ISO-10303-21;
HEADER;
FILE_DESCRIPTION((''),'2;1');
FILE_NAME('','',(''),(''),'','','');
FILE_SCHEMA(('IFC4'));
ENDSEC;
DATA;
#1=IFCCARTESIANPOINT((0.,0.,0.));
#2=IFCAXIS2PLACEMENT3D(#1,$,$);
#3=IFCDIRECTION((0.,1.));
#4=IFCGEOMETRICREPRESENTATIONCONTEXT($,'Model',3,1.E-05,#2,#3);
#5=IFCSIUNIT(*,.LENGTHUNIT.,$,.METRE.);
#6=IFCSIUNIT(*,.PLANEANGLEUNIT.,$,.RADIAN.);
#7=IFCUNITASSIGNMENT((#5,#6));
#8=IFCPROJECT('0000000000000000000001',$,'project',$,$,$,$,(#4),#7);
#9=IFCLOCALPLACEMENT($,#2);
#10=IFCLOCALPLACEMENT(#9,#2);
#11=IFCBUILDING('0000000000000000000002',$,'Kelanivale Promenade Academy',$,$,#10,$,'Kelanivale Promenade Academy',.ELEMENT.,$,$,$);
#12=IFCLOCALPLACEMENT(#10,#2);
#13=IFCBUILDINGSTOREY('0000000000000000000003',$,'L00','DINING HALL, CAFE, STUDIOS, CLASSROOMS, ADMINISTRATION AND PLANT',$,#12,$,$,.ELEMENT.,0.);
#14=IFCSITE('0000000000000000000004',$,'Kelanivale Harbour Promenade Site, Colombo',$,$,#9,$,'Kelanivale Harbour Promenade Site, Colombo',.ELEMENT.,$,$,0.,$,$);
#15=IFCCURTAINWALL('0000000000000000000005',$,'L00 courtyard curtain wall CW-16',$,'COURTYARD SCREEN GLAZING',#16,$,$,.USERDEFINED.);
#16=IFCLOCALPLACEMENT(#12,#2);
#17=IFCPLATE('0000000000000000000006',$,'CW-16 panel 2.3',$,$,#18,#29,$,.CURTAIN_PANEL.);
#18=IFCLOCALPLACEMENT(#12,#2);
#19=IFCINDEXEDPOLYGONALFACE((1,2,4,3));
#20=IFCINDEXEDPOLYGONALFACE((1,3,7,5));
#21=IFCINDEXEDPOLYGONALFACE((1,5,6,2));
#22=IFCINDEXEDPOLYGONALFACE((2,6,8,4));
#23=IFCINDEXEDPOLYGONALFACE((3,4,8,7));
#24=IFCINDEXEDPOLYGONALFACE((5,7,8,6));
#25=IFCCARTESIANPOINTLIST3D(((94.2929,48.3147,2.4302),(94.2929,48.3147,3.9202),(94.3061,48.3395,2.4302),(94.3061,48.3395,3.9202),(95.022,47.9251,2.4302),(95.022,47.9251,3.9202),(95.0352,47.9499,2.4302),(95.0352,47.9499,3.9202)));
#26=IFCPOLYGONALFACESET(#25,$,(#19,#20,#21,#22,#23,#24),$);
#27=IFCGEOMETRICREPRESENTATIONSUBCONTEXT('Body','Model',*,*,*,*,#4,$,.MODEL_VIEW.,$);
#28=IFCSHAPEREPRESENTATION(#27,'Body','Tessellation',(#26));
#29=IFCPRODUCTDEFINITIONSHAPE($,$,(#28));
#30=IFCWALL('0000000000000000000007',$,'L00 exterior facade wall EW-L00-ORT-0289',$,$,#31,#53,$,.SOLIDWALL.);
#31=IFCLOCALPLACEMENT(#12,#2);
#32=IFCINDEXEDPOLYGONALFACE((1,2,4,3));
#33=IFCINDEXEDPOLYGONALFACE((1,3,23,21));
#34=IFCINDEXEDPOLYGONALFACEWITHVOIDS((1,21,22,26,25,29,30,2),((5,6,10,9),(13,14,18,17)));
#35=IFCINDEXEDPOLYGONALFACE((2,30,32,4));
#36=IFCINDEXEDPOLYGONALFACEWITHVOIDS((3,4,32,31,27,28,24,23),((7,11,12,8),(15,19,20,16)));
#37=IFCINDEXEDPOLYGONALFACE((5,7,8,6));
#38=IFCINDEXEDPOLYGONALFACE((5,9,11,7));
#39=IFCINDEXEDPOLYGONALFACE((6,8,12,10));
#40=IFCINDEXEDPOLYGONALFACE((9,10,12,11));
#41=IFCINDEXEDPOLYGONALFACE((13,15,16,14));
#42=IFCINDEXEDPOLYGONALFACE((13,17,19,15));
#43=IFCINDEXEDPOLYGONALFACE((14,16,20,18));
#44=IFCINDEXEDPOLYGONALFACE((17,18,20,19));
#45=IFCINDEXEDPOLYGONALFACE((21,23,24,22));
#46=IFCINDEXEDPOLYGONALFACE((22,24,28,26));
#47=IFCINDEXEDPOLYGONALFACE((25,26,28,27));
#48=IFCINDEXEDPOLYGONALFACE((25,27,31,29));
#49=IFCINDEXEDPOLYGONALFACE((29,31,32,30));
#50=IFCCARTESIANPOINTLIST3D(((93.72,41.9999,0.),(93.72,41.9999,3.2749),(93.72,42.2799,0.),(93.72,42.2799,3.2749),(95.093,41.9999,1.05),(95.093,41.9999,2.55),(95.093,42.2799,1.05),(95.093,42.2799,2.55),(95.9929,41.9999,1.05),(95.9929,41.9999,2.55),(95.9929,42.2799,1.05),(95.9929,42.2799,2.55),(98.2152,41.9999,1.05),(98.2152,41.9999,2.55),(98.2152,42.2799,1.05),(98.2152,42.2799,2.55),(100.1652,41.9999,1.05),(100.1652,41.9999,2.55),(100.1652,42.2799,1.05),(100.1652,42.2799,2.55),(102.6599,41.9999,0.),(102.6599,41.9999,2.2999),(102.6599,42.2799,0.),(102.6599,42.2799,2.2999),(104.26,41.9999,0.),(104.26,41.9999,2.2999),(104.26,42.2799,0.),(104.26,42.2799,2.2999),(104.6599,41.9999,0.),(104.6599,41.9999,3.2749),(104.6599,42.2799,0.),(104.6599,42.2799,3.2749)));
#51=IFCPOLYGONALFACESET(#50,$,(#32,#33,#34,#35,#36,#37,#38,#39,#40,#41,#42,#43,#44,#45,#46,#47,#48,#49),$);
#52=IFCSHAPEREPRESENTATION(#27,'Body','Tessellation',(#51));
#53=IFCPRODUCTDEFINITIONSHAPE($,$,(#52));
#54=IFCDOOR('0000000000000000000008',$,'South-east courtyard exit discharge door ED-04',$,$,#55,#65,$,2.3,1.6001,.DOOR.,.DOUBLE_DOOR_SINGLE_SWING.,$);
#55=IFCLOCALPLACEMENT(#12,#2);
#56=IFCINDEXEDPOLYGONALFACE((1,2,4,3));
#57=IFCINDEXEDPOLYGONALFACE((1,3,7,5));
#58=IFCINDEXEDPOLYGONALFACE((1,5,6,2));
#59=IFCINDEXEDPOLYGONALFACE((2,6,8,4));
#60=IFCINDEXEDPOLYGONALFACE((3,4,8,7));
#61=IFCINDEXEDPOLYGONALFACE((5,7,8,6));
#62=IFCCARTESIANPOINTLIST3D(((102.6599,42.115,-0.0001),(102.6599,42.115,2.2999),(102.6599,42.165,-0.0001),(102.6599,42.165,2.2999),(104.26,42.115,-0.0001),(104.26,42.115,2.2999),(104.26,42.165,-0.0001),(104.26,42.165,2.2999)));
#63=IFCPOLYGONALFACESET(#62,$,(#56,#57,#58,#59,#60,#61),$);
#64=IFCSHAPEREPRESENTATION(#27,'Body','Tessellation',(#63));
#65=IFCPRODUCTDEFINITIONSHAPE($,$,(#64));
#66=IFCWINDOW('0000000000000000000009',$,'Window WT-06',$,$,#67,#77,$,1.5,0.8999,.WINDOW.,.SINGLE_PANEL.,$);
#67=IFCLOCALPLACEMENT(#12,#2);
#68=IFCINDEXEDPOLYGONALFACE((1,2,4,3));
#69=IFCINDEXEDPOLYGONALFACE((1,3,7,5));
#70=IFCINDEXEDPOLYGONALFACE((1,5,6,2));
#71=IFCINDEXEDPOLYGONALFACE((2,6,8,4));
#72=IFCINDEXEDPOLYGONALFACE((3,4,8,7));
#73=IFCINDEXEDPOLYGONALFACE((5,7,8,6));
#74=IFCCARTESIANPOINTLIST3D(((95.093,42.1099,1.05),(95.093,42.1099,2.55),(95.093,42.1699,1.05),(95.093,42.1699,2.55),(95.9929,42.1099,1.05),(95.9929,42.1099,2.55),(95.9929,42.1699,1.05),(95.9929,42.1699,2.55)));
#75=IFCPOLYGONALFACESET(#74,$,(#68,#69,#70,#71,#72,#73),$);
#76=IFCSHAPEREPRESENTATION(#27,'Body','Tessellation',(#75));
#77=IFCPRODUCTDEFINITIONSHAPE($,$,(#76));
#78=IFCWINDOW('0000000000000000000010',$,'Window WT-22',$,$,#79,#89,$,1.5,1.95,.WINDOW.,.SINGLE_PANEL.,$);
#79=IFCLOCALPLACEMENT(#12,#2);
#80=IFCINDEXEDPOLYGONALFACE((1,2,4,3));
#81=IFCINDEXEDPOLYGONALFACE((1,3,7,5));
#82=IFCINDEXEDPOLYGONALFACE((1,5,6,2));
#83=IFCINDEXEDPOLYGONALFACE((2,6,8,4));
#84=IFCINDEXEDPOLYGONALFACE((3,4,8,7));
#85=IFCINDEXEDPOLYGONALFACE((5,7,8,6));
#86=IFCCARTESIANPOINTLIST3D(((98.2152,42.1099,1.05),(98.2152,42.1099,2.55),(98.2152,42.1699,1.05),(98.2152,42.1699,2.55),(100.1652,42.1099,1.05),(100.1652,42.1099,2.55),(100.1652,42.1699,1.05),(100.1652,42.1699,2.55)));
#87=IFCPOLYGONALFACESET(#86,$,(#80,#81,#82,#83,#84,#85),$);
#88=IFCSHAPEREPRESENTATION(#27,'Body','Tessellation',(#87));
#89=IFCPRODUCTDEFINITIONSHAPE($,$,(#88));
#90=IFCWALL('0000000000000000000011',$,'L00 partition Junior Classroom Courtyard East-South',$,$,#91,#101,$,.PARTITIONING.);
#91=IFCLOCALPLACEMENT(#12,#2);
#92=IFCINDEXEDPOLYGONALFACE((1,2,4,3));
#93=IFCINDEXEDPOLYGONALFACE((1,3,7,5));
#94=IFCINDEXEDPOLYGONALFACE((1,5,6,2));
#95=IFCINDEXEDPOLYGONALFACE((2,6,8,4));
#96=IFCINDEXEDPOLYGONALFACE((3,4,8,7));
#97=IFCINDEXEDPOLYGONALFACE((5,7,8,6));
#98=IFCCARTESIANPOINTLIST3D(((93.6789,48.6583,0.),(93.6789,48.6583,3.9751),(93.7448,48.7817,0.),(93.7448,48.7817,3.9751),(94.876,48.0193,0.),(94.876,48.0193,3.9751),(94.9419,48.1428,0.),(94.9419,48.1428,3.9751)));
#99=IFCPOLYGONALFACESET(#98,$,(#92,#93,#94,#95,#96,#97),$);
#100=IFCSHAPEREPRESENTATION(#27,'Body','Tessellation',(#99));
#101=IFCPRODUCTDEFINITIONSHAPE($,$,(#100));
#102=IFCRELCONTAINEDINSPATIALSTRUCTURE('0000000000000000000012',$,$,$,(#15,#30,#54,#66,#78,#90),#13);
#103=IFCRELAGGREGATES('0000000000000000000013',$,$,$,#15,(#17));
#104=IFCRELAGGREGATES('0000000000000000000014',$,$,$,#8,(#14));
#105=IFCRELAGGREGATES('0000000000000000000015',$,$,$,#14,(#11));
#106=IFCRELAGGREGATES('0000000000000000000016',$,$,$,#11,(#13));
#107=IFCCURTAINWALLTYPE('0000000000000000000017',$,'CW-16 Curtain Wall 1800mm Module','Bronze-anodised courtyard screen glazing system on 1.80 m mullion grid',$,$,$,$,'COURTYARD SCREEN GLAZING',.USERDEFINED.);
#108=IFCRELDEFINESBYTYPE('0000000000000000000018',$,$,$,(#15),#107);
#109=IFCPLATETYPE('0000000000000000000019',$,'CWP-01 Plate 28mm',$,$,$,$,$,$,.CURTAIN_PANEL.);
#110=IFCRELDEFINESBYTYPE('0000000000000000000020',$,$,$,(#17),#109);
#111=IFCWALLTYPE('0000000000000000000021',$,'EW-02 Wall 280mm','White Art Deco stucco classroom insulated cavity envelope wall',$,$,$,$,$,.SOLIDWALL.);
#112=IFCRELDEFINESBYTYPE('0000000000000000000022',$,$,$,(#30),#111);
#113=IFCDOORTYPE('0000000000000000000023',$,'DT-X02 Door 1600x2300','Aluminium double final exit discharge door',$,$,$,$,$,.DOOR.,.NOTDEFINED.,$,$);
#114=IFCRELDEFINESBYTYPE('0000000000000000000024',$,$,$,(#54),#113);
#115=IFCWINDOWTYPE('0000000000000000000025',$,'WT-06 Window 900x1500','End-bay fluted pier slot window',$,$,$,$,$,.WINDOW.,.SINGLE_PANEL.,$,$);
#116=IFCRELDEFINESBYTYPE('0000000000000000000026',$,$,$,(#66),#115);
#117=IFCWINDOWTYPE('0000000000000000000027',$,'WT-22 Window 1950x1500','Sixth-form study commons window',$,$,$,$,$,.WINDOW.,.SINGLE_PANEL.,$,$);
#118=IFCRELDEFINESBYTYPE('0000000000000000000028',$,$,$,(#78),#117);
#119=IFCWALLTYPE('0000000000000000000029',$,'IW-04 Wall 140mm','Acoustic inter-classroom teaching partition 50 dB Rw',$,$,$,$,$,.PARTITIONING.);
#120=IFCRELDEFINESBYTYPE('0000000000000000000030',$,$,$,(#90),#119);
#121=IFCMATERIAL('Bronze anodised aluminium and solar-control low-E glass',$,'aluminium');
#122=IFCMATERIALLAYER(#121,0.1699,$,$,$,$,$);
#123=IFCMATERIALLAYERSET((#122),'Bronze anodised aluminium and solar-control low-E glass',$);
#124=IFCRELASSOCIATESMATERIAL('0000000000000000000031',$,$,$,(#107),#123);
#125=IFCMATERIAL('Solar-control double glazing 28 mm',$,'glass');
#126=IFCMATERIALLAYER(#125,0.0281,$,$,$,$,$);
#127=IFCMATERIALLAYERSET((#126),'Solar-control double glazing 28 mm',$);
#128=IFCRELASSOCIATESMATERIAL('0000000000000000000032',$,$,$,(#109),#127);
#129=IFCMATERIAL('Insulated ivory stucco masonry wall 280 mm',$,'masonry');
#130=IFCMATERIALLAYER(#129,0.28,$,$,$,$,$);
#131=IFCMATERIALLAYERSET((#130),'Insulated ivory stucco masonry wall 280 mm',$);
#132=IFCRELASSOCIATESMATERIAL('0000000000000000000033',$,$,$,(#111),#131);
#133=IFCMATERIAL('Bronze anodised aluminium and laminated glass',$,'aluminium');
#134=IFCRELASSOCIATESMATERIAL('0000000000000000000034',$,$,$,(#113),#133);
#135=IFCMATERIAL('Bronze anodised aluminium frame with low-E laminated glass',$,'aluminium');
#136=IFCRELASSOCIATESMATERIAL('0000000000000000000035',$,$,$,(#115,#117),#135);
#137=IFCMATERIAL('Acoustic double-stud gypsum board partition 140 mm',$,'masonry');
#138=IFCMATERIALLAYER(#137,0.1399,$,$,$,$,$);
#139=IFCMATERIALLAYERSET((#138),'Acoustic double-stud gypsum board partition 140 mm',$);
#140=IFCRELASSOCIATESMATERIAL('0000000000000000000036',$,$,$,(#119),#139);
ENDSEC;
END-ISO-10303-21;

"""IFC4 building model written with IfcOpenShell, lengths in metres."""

from ifc_helpers import new_model, si_unit, direction, frame, frame_2d, origin, origin_2d, place, context, subcontext, project, spatial, rectangle, extrude, material, layer, layer_set, type_object, element, fill, aggregate, save


model = new_model("IFC4")

# Units and contexts
model_context = context("Model", 3, precision=1e-05, world=origin(), true_north=direction((0.0, 1.0)))
body_context = subcontext(model_context, "Body", "Model", "MODEL_VIEW")
ifc_project = project(units=[si_unit("LENGTHUNIT", "METRE"), si_unit("PLANEANGLEUNIT", "RADIAN")], contexts=[model_context])

# Site, building, storey
site_placement = place(None, origin())
site = spatial("IfcSite", under=ifc_project, at=site_placement, Name="Kelanivale Harbour Promenade Site, Colombo", LongName="Kelanivale Harbour Promenade Site, Colombo", CompositionType="ELEMENT", RefElevation=0.0)
building_placement = place(site_placement, origin())
building = spatial("IfcBuilding", under=site, at=building_placement, Name="Kelanivale Promenade Academy", LongName="Kelanivale Promenade Academy", CompositionType="ELEMENT")
storey_placement = place(building_placement, origin())
storey = spatial("IfcBuildingStorey", under=building, at=storey_placement, Name="L00", Description="DINING HALL, CAFE, STUDIOS, CLASSROOMS, ADMINISTRATION AND PLANT", CompositionType="ELEMENT", Elevation=0.0)

# Shared definitions
ifc_material_1 = material(Name="Bronze anodised aluminium and solar-control low-E glass", Category="aluminium")

# Curtain wall, plate
ifc_layer_1 = layer(ifc_material_1, 0.1699)
ifc_layer_set_1 = layer_set([ifc_layer_1], Name="Bronze anodised aluminium and solar-control low-E glass")
curtain_wall_type_1 = type_object("IfcCurtainWallType", Name="CW-16 Curtain Wall 1800mm Module", Description="Bronze-anodised courtyard screen glazing system on 1.80 m mullion grid", ElementType="COURTYARD SCREEN GLAZING", PredefinedType="USERDEFINED", material=ifc_layer_set_1)
curtain_wall_1_placement = place(storey_placement, origin())
curtain_wall_1 = element("IfcCurtainWall", 1, at=curtain_wall_1_placement, inside=storey, type_object=curtain_wall_type_1, Name="L00 courtyard curtain wall CW-16", ObjectType="COURTYARD SCREEN GLAZING", PredefinedType="USERDEFINED")
ifc_material_2 = material(Name="Solar-control double glazing 28 mm", Category="glass")
ifc_layer_2 = layer(ifc_material_2, 0.0281)
ifc_layer_set_2 = layer_set([ifc_layer_2], Name="Solar-control double glazing 28 mm")
plate_type = type_object("IfcPlateType", Name="CWP-01 Plate 28mm", PredefinedType="CURTAIN_PANEL", material=ifc_layer_set_2)
plate_1_placement = place(storey_placement, frame((94.6641, 48.1323, 2.4302), z_axis=(0.0, 0.0, 1.0), x_axis=(0.881978, -0.47129, 0.0)))
plate_1 = element("IfcPlate", 2, at=plate_1_placement, type_object=plate_type, Name="CW-16 panel 2.3", PredefinedType="CURTAIN_PANEL", context=body_context, shape_type="SweptSolid", body=[
    extrude(rectangle(XDim=0.8267, YDim=0.0281, at=origin_2d()), origin(), (0.0, 0.0, 1.0), 1.49),
])
aggregate(curtain_wall_1, [plate_1])

# Wall, openings, door, windows
ifc_material_3 = material(Name="Insulated ivory stucco masonry wall 280 mm", Category="masonry")
ifc_layer_3 = layer(ifc_material_3, 0.28)
ifc_layer_set_3 = layer_set([ifc_layer_3], Name="Insulated ivory stucco masonry wall 280 mm")
wall_type_1 = type_object("IfcWallType", Name="EW-02 Wall 280mm", Description="White Art Deco stucco classroom insulated cavity envelope wall", PredefinedType="SOLIDWALL", material=ifc_layer_set_3)
wall_1_placement = place(storey_placement, frame((93.72, 42.1399, 0.0), z_axis=(0.0, 0.0, 1.0), x_axis=(1.0, 0.0, 0.0)))
wall_1 = element("IfcWall", 3, at=wall_1_placement, inside=storey, type_object=wall_type_1, Name="L00 exterior facade wall EW-L00-ORT-0289", PredefinedType="SOLIDWALL", context=body_context, shape_type="SweptSolid", body=[
    extrude(rectangle(XDim=10.9399, YDim=0.28, at=frame_2d((5.47, 0.0))), origin(), (0.0, 0.0, 1.0), 3.2749),
])
opening_1_placement = place(wall_1_placement, frame((8.9399, 0.0, 0.0)))
opening_1 = element("IfcOpeningElement", 4, at=opening_1_placement, cuts=wall_1, PredefinedType="OPENING", context=body_context, shape_type="SweptSolid", body=[
    extrude(rectangle(XDim=1.6001, YDim=2.3, at=frame_2d((0.8, 1.1499))), frame((0.0, 0.1499, 0.0), z_axis=(0.0, -1.0, 0.0), x_axis=(1.0, 0.0, 0.0)), (0.0, 0.0, 1.0), 0.3),
])
opening_2_placement = place(wall_1_placement, frame((1.373, 0.0, 1.05)))
opening_2 = element("IfcOpeningElement", 5, at=opening_2_placement, cuts=wall_1, PredefinedType="OPENING", context=body_context, shape_type="SweptSolid", body=[
    extrude(rectangle(XDim=0.8999, YDim=1.5, at=frame_2d((0.45, 0.75))), frame((0.0, 0.1499, 0.0), z_axis=(0.0, -1.0, 0.0), x_axis=(1.0, 0.0, 0.0)), (0.0, 0.0, 1.0), 0.3),
])
opening_3_placement = place(wall_1_placement, frame((4.4951, 0.0, 1.05)))
opening_3 = element("IfcOpeningElement", 6, at=opening_3_placement, cuts=wall_1, PredefinedType="OPENING", context=body_context, shape_type="SweptSolid", body=[
    extrude(rectangle(XDim=1.95, YDim=1.5, at=frame_2d((0.9751, 0.75))), frame((0.0, 0.1499, 0.0), z_axis=(0.0, -1.0, 0.0), x_axis=(1.0, 0.0, 0.0)), (0.0, 0.0, 1.0), 0.3),
])
ifc_material_4 = material(Name="Bronze anodised aluminium and laminated glass", Category="aluminium")
door_type = type_object("IfcDoorType", Name="DT-X02 Door 1600x2300", Description="Aluminium double final exit discharge door", OperationType="NOTDEFINED", PredefinedType="DOOR", material=ifc_material_4)
door_placement = place(opening_1_placement, frame((1.6001, 0.0, 0.0), z_axis=(0.0, 0.0, 1.0), x_axis=(-1.0, 0.0, 0.0)))
door = element("IfcDoor", 7, at=door_placement, inside=storey, type_object=door_type, Name="South-east courtyard exit discharge door ED-04", OperationType="DOUBLE_DOOR_SINGLE_SWING", OverallHeight=2.3, OverallWidth=1.6001, PredefinedType="DOOR", context=body_context, shape_type="SweptSolid", body=[
    extrude(rectangle(XDim=1.6001, YDim=2.3, at=frame_2d((0.8, 1.1499))), frame((0.0, 0.0249, 0.0), z_axis=(0.0, -1.0, 0.0), x_axis=(1.0, 0.0, 0.0)), (0.0, 0.0, 1.0), 0.05),
])
fill(opening_1, door)
ifc_material_5 = material(Name="Bronze anodised aluminium frame with low-E laminated glass", Category="aluminium")
window_type_1 = type_object("IfcWindowType", Name="WT-06 Window 900x1500", Description="End-bay fluted pier slot window", PartitioningType="SINGLE_PANEL", PredefinedType="WINDOW", material=ifc_material_5)
window_1_placement = place(opening_2_placement, origin())
window_1 = element("IfcWindow", 8, at=window_1_placement, inside=storey, type_object=window_type_1, Name="Window WT-06", OverallHeight=1.5, OverallWidth=0.8999, PartitioningType="SINGLE_PANEL", PredefinedType="WINDOW", context=body_context, shape_type="SweptSolid", body=[
    extrude(rectangle(XDim=0.8999, YDim=1.5, at=frame_2d((0.45, 0.75))), frame((0.0, 0.03, 0.0), z_axis=(0.0, -1.0, 0.0), x_axis=(1.0, 0.0, 0.0)), (0.0, 0.0, 1.0), 0.0601),
])
fill(opening_2, window_1)
window_type_2 = type_object("IfcWindowType", Name="WT-22 Window 1950x1500", Description="Sixth-form study commons window", PartitioningType="SINGLE_PANEL", PredefinedType="WINDOW", material=ifc_material_5)
window_2_placement = place(opening_3_placement, origin())
window_2 = element("IfcWindow", 9, at=window_2_placement, inside=storey, type_object=window_type_2, Name="Window WT-22", OverallHeight=1.5, OverallWidth=1.95, PartitioningType="SINGLE_PANEL", PredefinedType="WINDOW", context=body_context, shape_type="SweptSolid", body=[
    extrude(rectangle(XDim=1.95, YDim=1.5, at=frame_2d((0.9751, 0.75))), frame((0.0, 0.03, 0.0), z_axis=(0.0, -1.0, 0.0), x_axis=(1.0, 0.0, 0.0)), (0.0, 0.0, 1.0), 0.0601),
])
fill(opening_3, window_2)

# Wall
ifc_material_6 = material(Name="Acoustic double-stud gypsum board partition 140 mm", Category="masonry")
ifc_layer_4 = layer(ifc_material_6, 0.1399)
ifc_layer_set_4 = layer_set([ifc_layer_4], Name="Acoustic double-stud gypsum board partition 140 mm")
wall_type_2 = type_object("IfcWallType", Name="IW-04 Wall 140mm", Description="Acoustic inter-classroom teaching partition 50 dB Rw", PredefinedType="PARTITIONING", material=ifc_layer_set_4)
wall_2_placement = place(storey_placement, frame((94.9089, 48.0811, 0.0), z_axis=(0.0, 0.0, 1.0), x_axis=(-0.882198, 0.470878, 0.0)))
element("IfcWall", 10, at=wall_2_placement, inside=storey, type_object=wall_type_2, Name="L00 partition Junior Classroom Courtyard East-South", PredefinedType="PARTITIONING", context=body_context, shape_type="SweptSolid", body=[
    extrude(rectangle(XDim=1.3569, YDim=0.1399, at=frame_2d((0.6785, 0.0))), origin(), (0.0, 0.0, 1.0), 3.9751),
])

save(model, "model.ifc")
